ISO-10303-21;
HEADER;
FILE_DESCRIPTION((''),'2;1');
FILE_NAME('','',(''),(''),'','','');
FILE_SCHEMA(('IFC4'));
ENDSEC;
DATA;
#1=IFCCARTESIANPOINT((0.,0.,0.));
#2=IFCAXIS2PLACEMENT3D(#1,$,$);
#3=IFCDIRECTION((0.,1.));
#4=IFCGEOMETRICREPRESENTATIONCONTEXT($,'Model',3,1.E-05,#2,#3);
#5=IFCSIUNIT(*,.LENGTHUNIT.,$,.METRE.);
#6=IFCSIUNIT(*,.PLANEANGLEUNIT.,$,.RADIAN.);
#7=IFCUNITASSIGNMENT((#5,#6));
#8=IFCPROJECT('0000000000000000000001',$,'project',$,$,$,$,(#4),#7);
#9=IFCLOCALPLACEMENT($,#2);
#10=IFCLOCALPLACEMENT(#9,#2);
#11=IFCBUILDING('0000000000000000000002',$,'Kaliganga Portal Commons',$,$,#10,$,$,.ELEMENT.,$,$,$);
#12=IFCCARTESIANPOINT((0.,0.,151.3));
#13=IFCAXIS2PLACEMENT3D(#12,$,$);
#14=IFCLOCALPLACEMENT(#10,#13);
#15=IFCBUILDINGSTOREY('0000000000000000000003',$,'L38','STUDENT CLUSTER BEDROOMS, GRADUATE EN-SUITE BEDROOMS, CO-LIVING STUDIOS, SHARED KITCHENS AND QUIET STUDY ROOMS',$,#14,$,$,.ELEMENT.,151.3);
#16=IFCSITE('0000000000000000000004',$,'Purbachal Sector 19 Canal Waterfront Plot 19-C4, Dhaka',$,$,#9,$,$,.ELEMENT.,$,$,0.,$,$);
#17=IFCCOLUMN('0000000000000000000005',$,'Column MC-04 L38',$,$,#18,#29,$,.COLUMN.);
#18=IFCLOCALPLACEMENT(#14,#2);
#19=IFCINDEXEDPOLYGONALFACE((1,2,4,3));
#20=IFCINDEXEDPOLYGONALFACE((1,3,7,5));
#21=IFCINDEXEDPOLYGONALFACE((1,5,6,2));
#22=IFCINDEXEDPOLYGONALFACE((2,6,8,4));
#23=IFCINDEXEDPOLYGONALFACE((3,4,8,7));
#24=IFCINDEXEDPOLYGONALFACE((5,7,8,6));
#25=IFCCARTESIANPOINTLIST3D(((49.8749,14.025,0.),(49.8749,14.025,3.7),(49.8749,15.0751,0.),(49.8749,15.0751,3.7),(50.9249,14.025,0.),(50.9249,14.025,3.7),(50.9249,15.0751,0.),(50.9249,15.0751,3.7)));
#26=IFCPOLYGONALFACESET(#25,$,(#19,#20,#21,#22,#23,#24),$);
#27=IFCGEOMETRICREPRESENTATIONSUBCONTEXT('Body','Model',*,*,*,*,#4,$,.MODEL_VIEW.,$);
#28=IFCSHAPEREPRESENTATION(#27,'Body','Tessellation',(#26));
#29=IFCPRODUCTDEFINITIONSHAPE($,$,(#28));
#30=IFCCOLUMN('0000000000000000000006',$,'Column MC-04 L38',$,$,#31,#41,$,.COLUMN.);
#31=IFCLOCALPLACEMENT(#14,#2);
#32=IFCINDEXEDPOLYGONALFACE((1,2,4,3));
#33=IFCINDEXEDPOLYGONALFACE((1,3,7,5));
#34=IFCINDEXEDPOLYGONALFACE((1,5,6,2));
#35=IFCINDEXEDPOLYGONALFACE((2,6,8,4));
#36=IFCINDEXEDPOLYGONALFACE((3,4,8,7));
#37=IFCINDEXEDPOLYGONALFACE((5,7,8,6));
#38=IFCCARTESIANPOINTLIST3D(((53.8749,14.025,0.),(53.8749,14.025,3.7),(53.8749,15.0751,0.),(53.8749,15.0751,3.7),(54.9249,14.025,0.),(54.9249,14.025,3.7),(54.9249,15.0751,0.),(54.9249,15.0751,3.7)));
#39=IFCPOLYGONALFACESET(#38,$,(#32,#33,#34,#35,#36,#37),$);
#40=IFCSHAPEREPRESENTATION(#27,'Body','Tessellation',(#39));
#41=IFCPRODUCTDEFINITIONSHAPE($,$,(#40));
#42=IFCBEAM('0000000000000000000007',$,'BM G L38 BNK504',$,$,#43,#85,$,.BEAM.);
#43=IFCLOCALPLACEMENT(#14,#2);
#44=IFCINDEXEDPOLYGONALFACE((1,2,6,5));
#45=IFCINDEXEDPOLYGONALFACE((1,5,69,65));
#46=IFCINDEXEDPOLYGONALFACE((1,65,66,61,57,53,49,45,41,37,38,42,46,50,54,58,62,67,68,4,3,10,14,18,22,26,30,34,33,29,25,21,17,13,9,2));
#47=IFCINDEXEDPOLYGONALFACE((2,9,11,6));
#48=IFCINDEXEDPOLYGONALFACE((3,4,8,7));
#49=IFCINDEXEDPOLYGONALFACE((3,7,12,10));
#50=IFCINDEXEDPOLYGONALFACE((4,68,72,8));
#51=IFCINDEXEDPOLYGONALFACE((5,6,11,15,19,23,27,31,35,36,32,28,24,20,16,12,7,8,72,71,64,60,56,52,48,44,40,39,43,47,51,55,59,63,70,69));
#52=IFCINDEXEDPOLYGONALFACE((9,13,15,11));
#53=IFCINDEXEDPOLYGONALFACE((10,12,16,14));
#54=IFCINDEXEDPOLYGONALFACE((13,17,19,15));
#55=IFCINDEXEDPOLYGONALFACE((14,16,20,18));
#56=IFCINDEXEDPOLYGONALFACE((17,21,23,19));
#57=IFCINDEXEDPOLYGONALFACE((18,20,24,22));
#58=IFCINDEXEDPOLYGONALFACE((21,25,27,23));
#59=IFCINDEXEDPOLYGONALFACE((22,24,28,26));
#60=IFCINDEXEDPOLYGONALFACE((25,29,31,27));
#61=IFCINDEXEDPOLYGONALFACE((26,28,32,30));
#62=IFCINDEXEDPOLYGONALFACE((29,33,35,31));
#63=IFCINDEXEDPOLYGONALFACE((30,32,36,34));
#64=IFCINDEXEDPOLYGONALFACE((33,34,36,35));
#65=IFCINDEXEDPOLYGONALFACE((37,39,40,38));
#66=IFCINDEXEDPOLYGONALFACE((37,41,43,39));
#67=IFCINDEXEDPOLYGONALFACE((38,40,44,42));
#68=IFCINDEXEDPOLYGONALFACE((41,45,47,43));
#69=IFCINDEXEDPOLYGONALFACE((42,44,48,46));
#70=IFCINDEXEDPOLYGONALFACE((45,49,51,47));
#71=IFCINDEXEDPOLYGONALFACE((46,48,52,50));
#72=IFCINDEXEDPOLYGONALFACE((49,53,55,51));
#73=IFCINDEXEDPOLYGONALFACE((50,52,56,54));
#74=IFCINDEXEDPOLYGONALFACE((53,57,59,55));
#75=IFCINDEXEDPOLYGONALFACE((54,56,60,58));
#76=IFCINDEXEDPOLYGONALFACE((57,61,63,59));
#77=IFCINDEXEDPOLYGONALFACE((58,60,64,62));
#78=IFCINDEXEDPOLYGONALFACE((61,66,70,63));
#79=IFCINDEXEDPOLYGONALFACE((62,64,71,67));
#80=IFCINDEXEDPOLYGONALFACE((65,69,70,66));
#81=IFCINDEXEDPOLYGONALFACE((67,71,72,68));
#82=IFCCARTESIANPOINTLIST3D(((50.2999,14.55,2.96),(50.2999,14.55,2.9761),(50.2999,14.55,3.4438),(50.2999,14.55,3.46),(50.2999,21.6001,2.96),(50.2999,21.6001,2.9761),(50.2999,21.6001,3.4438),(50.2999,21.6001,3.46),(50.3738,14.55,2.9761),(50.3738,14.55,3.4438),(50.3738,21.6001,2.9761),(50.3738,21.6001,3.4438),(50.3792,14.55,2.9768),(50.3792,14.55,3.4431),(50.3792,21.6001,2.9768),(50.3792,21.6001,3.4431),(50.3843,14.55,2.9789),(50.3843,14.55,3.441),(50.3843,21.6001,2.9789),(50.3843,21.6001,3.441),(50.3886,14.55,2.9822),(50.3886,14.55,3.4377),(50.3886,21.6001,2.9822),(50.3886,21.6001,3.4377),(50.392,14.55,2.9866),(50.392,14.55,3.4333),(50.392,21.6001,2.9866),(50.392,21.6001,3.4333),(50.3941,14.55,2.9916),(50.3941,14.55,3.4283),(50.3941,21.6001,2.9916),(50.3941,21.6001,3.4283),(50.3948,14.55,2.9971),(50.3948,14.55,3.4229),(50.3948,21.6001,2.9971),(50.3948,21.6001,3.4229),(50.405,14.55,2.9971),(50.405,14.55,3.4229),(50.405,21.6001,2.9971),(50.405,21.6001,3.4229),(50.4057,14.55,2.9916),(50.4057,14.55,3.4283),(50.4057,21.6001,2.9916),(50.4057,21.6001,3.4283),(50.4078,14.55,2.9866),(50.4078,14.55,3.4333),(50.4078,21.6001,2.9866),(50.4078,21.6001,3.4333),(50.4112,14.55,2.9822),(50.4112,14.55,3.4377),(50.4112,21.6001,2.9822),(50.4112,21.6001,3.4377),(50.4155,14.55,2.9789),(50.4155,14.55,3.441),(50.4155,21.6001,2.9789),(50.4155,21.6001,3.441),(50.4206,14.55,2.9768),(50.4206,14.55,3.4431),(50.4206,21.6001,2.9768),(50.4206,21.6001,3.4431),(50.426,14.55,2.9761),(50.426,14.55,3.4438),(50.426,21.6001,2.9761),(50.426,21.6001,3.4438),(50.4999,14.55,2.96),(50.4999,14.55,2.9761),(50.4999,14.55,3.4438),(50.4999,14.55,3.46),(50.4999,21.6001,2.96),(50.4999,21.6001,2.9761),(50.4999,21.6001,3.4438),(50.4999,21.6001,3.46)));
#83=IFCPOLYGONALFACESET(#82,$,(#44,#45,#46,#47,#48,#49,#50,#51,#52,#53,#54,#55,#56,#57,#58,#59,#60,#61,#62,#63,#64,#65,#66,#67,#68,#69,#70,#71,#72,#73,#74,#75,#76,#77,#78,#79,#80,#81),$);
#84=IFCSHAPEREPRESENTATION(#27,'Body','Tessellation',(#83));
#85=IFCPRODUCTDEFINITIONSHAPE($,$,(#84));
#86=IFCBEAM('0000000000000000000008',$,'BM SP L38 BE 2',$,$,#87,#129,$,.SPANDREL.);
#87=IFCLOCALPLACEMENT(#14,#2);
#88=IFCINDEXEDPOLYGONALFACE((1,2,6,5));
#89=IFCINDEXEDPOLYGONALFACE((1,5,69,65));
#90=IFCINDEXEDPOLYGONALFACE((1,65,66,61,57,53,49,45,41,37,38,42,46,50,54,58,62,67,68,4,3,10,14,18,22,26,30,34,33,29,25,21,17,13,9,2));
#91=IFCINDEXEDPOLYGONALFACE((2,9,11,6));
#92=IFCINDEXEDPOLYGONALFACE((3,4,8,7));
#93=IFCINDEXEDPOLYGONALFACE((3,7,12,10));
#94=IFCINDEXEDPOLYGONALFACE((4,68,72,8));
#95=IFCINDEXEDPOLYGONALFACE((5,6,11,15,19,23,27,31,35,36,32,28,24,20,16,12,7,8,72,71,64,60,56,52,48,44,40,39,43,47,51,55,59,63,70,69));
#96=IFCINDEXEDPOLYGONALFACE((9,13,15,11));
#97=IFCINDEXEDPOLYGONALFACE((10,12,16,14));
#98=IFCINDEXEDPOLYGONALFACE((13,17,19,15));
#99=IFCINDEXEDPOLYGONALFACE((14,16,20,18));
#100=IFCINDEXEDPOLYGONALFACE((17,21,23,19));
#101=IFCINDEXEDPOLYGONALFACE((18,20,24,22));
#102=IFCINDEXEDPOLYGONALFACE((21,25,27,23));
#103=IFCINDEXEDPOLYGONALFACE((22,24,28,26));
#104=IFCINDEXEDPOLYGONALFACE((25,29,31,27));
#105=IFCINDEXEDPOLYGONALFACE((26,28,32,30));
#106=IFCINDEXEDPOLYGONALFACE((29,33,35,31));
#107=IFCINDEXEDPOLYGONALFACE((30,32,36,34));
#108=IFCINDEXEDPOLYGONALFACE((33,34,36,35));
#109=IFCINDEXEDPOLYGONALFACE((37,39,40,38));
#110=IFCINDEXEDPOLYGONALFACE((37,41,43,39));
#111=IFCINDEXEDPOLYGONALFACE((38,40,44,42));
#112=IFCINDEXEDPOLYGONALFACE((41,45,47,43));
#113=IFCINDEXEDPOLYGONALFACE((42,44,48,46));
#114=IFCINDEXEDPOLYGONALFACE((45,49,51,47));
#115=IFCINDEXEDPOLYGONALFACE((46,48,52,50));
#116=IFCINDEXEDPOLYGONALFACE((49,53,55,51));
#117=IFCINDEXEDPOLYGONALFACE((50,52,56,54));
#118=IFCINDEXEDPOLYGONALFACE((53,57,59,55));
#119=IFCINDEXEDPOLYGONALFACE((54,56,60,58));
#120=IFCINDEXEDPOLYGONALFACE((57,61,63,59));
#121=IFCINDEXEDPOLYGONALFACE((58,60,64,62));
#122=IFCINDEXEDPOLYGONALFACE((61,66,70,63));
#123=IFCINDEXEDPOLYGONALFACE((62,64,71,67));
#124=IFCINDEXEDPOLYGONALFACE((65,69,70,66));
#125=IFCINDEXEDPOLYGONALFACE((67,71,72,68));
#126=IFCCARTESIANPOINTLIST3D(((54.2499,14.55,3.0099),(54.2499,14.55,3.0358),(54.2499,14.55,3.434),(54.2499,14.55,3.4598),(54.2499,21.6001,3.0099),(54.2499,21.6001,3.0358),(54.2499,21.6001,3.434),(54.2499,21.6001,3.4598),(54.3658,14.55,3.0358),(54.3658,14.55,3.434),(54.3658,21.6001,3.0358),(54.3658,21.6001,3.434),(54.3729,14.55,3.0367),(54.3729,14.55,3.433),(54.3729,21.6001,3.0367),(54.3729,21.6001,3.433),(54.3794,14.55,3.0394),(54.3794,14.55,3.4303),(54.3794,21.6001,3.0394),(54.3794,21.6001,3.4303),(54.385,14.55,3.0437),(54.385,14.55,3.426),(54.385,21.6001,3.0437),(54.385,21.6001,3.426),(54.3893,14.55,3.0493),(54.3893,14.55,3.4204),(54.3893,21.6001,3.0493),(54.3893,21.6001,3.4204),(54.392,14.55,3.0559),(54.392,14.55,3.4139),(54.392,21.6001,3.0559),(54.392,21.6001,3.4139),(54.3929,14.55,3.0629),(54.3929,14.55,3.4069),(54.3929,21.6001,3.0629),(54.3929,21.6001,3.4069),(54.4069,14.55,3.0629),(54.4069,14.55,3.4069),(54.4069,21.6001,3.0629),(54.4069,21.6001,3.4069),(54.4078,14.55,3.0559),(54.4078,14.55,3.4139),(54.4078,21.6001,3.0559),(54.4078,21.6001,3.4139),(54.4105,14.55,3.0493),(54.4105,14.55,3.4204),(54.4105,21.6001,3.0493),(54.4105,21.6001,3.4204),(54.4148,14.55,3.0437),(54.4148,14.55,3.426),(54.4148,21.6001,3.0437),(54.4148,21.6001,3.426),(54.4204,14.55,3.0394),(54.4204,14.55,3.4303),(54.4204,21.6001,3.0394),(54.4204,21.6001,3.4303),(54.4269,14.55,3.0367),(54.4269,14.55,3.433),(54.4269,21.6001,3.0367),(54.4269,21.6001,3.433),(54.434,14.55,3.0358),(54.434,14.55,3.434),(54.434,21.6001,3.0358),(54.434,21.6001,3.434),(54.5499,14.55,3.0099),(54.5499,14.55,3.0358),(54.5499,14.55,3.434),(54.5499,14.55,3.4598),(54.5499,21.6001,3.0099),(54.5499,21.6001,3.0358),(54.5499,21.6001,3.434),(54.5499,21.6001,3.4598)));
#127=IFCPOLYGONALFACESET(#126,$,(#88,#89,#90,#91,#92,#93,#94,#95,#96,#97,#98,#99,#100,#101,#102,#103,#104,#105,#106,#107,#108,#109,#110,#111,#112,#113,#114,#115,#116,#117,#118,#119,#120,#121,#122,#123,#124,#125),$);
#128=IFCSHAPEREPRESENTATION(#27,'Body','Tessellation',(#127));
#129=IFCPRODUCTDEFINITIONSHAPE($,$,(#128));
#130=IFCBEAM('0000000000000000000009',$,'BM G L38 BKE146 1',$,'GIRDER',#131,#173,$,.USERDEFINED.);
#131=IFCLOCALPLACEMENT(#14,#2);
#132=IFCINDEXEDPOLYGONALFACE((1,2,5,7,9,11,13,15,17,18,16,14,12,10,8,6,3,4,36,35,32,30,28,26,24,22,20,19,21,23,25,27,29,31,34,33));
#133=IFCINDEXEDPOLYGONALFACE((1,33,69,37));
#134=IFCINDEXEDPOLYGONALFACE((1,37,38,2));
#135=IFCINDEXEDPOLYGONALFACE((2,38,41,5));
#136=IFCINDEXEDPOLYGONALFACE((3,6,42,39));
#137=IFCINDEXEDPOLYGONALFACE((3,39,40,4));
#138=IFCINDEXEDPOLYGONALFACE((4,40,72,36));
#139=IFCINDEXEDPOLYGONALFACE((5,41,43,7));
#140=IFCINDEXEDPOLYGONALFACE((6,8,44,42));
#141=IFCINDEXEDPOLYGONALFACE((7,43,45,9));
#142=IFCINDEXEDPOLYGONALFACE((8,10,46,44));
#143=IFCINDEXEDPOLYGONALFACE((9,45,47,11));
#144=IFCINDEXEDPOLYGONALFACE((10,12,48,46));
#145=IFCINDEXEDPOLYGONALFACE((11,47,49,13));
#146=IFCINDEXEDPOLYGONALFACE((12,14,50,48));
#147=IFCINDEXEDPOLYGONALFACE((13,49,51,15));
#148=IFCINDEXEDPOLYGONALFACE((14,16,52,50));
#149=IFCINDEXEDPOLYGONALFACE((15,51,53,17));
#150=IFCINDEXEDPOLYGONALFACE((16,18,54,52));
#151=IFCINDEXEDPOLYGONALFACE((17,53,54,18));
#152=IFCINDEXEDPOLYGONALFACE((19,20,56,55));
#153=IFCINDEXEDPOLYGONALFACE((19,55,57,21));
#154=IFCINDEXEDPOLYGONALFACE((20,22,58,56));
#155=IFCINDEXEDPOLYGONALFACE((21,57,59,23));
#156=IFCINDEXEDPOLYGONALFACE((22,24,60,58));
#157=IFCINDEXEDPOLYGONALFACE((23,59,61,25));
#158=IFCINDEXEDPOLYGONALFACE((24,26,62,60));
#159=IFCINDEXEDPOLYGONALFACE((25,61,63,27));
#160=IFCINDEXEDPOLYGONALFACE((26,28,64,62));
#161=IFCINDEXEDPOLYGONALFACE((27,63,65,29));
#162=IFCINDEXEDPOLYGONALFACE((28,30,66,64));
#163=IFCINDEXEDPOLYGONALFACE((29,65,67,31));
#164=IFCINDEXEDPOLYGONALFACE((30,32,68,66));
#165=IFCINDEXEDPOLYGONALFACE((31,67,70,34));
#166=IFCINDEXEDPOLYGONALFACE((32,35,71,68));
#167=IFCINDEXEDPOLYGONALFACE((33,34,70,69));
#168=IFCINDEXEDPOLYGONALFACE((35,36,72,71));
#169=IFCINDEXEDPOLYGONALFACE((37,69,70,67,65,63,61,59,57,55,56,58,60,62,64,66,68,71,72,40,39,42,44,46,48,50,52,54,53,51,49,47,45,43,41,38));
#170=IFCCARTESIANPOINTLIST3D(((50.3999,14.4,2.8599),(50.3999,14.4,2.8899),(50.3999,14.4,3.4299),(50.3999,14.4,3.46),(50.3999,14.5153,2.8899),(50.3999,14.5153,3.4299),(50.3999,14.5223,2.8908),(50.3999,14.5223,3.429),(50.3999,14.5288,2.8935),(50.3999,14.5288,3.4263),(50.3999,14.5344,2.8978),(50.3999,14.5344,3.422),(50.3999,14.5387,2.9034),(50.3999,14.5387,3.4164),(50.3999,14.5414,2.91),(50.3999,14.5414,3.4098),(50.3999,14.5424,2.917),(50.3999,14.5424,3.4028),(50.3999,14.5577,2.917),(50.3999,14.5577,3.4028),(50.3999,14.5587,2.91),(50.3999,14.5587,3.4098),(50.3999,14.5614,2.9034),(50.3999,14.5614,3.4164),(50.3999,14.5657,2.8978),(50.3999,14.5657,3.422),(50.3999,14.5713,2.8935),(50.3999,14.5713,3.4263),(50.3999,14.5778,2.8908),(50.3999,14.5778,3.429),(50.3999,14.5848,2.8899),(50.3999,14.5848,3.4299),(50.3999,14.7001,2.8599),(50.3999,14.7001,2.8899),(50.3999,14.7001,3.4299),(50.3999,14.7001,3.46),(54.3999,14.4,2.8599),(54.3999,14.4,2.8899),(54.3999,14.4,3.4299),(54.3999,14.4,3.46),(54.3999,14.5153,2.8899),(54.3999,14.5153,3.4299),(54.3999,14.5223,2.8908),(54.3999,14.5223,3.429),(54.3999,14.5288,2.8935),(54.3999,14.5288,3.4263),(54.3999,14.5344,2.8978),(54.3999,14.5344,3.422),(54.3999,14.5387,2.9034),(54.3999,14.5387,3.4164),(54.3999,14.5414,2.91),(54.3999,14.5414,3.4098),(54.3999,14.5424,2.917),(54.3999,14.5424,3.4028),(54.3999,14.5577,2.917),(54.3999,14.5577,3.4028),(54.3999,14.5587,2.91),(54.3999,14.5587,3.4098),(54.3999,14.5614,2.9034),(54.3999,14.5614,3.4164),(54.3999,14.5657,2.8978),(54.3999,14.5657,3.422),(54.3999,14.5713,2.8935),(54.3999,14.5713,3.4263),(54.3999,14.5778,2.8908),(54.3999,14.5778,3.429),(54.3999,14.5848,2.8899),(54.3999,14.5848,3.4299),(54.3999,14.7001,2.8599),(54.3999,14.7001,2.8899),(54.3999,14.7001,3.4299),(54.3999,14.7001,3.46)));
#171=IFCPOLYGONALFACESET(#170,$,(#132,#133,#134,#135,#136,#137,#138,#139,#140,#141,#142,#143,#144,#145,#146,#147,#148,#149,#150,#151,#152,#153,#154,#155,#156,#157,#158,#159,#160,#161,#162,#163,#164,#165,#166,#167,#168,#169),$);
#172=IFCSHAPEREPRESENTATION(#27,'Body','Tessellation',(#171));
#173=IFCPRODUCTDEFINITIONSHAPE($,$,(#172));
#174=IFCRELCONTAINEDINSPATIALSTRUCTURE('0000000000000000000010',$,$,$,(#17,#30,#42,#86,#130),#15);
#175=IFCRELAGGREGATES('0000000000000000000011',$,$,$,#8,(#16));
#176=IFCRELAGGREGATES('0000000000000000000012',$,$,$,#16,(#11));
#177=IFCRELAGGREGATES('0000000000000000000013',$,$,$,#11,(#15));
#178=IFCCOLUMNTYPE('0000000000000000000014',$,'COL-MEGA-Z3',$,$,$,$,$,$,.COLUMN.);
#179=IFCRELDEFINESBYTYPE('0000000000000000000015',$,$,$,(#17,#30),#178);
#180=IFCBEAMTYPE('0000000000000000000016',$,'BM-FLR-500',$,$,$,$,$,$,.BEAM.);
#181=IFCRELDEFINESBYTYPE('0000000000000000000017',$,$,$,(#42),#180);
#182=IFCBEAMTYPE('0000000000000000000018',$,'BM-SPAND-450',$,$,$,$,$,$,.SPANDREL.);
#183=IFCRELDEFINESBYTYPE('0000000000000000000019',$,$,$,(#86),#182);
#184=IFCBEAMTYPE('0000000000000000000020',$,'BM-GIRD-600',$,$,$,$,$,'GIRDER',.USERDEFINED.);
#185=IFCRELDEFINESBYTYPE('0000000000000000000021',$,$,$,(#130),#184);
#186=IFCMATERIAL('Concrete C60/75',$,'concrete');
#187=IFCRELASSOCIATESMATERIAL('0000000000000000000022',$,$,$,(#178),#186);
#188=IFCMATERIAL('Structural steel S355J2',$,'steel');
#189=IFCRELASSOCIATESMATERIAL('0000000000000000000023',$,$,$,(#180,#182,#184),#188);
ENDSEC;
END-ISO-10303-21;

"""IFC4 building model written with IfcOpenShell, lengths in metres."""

from ifc_helpers import new_model, si_unit, direction, frame, origin, origin_2d, place, context, subcontext, project, spatial, rectangle, i_section, extrude, source, transform, mapped, material, material_profile, profile_set, type_object, element, save


model = new_model("IFC4")

# Units and contexts
model_context = context("Model", 3, precision=1e-05, world=origin(), true_north=direction((0.0, 1.0)))
body_context = subcontext(model_context, "Body", "Model", "MODEL_VIEW")
ifc_project = project(units=[si_unit("LENGTHUNIT", "METRE"), si_unit("PLANEANGLEUNIT", "RADIAN")], contexts=[model_context])

# Site, building, storey
site_placement = place(None, origin())
site = spatial("IfcSite", under=ifc_project, at=site_placement, Name="Purbachal Sector 19 Canal Waterfront Plot 19-C4, Dhaka", CompositionType="ELEMENT", RefElevation=0.0)
building_placement = place(site_placement, origin())
building = spatial("IfcBuilding", under=site, at=building_placement, Name="Kaliganga Portal Commons", CompositionType="ELEMENT")
storey_placement = place(building_placement, frame((0.0, 0.0, 151.3)))
storey = spatial("IfcBuildingStorey", under=building, at=storey_placement, Name="L38", Description="STUDENT CLUSTER BEDROOMS, GRADUATE EN-SUITE BEDROOMS, CO-LIVING STUDIOS, SHARED KITCHENS AND QUIET STUDY ROOMS", CompositionType="ELEMENT", Elevation=151.3)

# Columns
ifc_material_1 = material(Name="Concrete C60/75", Category="concrete")
ifc_material_profile_1 = material_profile(ifc_material_1, rectangle(XDim=1.05, YDim=1.05, at=origin_2d()), Name="RC 1050x1050")
ifc_profile_set_1 = profile_set([ifc_material_profile_1], Name="Concrete C60/75")
column_type = type_object("IfcColumnType", Name="COL-MEGA-Z3", PredefinedType="COLUMN", material=ifc_profile_set_1)
shared_shape_1 = source(origin(), body_context, "Body", "SweptSolid", [
    extrude(rectangle(XDim=1.05, YDim=1.05, at=origin_2d()), origin(), (0.0, 0.0, 1.0), 3.7),
])
for number, where, z_axis, x_axis, name in (
    (1, (50.3999, 14.55, 0.0), (0.0, 0.0, 1.0), (1.0, 0.0, 0.0), "Column MC-04 L38"),
    (2, (54.3999, 14.55, 0.0), (0.0, 0.0, 1.0), (1.0, 0.0, 0.0), "Column MC-04 L38"),
):
    element("IfcColumn", number, at=place(storey_placement, frame(where, z_axis=z_axis, x_axis=x_axis)), inside=storey, type_object=column_type, Name=name, PredefinedType="COLUMN", context=body_context, shape_type="MappedRepresentation", body=[
        mapped(shared_shape_1, transform((0.0, 0.0, 0.0), x_axis=(1.0, 0.0, 0.0), y_axis=(0.0, 1.0, 0.0), z_axis=(0.0, 0.0, 1.0), scale=1.0)),
    ])

# Beams
ifc_material_2 = material(Name="Structural steel S355J2", Category="steel")
ifc_material_profile_2 = material_profile(ifc_material_2, i_section(OverallWidth=0.2, OverallDepth=0.5, WebThickness=0.0103, FlangeThickness=0.0161, FilletRadius=0.021, at=origin_2d()), Name="IPE 500")
ifc_profile_set_2 = profile_set([ifc_material_profile_2], Name="Structural steel S355J2 wide-flange")
beam_type_1 = type_object("IfcBeamType", Name="BM-FLR-500", PredefinedType="BEAM", material=ifc_profile_set_2)
shared_shape_2 = source(origin(), body_context, "Body", "SweptSolid", [
    extrude(i_section(OverallWidth=0.2, OverallDepth=0.5, WebThickness=0.0103, FlangeThickness=0.0161, FilletRadius=0.021, at=origin_2d()), origin(), (0.0, 0.0, 1.0), 7.05),
])
beam_1_placement = place(storey_placement, frame((50.3999, 14.55, 3.21), z_axis=(0.0, 1.0, 0.0), x_axis=(-1.0, 0.0, 0.0)))
element("IfcBeam", 3, at=beam_1_placement, inside=storey, type_object=beam_type_1, Name="BM G L38 BNK504", PredefinedType="BEAM", context=body_context, shape_type="MappedRepresentation", body=[
    mapped(shared_shape_2, transform((0.0, 0.0, 0.0), x_axis=(1.0, 0.0, 0.0), y_axis=(0.0, 1.0, 0.0), z_axis=(0.0, 0.0, 1.0), scale=1.0)),
])
ifc_material_profile_3 = material_profile(ifc_material_2, i_section(OverallWidth=0.3, OverallDepth=0.45, WebThickness=0.0139, FlangeThickness=0.0259, FilletRadius=0.0271, at=origin_2d()), Name="HE 450 B")
ifc_profile_set_3 = profile_set([ifc_material_profile_3], Name="Structural steel S355J2 wide-flange")
beam_type_2 = type_object("IfcBeamType", Name="BM-SPAND-450", PredefinedType="SPANDREL", material=ifc_profile_set_3)
shared_shape_3 = source(origin(), body_context, "Body", "SweptSolid", [
    extrude(i_section(OverallWidth=0.3, OverallDepth=0.45, WebThickness=0.0139, FlangeThickness=0.0259, FilletRadius=0.0271, at=origin_2d()), origin(), (0.0, 0.0, 1.0), 7.05),
])
beam_2_placement = place(storey_placement, frame((54.3999, 14.55, 3.2349), z_axis=(0.0, 1.0, 0.0), x_axis=(-1.0, 0.0, 0.0)))
element("IfcBeam", 4, at=beam_2_placement, inside=storey, type_object=beam_type_2, Name="BM SP L38 BE 2", PredefinedType="SPANDREL", context=body_context, shape_type="MappedRepresentation", body=[
    mapped(shared_shape_3, transform((0.0, 0.0, 0.0), x_axis=(1.0, 0.0, 0.0), y_axis=(0.0, 1.0, 0.0), z_axis=(0.0, 0.0, 1.0), scale=1.0)),
])
ifc_material_profile_4 = material_profile(ifc_material_2, i_section(OverallWidth=0.3, OverallDepth=0.6001, WebThickness=0.0154, FlangeThickness=0.03, FilletRadius=0.0271, at=origin_2d()), Name="HE 600 B")
ifc_profile_set_4 = profile_set([ifc_material_profile_4], Name="Structural steel S355J2 wide-flange")
beam_type_3 = type_object("IfcBeamType", Name="BM-GIRD-600", ElementType="GIRDER", PredefinedType="USERDEFINED", material=ifc_profile_set_4)
shared_shape_4 = source(origin(), body_context, "Body", "SweptSolid", [
    extrude(i_section(OverallWidth=0.3, OverallDepth=0.6001, WebThickness=0.0154, FlangeThickness=0.03, FilletRadius=0.0271, at=origin_2d()), origin(), (0.0, 0.0, 1.0), 4.0),
])
beam_3_placement = place(storey_placement, frame((50.3999, 14.55, 3.1599), z_axis=(1.0, 0.0, 0.0), x_axis=(0.0, 1.0, 0.0)))
element("IfcBeam", 5, at=beam_3_placement, inside=storey, type_object=beam_type_3, Name="BM G L38 BKE146 1", ObjectType="GIRDER", PredefinedType="USERDEFINED", context=body_context, shape_type="MappedRepresentation", body=[
    mapped(shared_shape_4, transform((0.0, 0.0, 0.0), x_axis=(1.0, 0.0, 0.0), y_axis=(0.0, 1.0, 0.0), z_axis=(0.0, 0.0, 1.0), scale=1.0)),
])

save(model, "model.ifc")
